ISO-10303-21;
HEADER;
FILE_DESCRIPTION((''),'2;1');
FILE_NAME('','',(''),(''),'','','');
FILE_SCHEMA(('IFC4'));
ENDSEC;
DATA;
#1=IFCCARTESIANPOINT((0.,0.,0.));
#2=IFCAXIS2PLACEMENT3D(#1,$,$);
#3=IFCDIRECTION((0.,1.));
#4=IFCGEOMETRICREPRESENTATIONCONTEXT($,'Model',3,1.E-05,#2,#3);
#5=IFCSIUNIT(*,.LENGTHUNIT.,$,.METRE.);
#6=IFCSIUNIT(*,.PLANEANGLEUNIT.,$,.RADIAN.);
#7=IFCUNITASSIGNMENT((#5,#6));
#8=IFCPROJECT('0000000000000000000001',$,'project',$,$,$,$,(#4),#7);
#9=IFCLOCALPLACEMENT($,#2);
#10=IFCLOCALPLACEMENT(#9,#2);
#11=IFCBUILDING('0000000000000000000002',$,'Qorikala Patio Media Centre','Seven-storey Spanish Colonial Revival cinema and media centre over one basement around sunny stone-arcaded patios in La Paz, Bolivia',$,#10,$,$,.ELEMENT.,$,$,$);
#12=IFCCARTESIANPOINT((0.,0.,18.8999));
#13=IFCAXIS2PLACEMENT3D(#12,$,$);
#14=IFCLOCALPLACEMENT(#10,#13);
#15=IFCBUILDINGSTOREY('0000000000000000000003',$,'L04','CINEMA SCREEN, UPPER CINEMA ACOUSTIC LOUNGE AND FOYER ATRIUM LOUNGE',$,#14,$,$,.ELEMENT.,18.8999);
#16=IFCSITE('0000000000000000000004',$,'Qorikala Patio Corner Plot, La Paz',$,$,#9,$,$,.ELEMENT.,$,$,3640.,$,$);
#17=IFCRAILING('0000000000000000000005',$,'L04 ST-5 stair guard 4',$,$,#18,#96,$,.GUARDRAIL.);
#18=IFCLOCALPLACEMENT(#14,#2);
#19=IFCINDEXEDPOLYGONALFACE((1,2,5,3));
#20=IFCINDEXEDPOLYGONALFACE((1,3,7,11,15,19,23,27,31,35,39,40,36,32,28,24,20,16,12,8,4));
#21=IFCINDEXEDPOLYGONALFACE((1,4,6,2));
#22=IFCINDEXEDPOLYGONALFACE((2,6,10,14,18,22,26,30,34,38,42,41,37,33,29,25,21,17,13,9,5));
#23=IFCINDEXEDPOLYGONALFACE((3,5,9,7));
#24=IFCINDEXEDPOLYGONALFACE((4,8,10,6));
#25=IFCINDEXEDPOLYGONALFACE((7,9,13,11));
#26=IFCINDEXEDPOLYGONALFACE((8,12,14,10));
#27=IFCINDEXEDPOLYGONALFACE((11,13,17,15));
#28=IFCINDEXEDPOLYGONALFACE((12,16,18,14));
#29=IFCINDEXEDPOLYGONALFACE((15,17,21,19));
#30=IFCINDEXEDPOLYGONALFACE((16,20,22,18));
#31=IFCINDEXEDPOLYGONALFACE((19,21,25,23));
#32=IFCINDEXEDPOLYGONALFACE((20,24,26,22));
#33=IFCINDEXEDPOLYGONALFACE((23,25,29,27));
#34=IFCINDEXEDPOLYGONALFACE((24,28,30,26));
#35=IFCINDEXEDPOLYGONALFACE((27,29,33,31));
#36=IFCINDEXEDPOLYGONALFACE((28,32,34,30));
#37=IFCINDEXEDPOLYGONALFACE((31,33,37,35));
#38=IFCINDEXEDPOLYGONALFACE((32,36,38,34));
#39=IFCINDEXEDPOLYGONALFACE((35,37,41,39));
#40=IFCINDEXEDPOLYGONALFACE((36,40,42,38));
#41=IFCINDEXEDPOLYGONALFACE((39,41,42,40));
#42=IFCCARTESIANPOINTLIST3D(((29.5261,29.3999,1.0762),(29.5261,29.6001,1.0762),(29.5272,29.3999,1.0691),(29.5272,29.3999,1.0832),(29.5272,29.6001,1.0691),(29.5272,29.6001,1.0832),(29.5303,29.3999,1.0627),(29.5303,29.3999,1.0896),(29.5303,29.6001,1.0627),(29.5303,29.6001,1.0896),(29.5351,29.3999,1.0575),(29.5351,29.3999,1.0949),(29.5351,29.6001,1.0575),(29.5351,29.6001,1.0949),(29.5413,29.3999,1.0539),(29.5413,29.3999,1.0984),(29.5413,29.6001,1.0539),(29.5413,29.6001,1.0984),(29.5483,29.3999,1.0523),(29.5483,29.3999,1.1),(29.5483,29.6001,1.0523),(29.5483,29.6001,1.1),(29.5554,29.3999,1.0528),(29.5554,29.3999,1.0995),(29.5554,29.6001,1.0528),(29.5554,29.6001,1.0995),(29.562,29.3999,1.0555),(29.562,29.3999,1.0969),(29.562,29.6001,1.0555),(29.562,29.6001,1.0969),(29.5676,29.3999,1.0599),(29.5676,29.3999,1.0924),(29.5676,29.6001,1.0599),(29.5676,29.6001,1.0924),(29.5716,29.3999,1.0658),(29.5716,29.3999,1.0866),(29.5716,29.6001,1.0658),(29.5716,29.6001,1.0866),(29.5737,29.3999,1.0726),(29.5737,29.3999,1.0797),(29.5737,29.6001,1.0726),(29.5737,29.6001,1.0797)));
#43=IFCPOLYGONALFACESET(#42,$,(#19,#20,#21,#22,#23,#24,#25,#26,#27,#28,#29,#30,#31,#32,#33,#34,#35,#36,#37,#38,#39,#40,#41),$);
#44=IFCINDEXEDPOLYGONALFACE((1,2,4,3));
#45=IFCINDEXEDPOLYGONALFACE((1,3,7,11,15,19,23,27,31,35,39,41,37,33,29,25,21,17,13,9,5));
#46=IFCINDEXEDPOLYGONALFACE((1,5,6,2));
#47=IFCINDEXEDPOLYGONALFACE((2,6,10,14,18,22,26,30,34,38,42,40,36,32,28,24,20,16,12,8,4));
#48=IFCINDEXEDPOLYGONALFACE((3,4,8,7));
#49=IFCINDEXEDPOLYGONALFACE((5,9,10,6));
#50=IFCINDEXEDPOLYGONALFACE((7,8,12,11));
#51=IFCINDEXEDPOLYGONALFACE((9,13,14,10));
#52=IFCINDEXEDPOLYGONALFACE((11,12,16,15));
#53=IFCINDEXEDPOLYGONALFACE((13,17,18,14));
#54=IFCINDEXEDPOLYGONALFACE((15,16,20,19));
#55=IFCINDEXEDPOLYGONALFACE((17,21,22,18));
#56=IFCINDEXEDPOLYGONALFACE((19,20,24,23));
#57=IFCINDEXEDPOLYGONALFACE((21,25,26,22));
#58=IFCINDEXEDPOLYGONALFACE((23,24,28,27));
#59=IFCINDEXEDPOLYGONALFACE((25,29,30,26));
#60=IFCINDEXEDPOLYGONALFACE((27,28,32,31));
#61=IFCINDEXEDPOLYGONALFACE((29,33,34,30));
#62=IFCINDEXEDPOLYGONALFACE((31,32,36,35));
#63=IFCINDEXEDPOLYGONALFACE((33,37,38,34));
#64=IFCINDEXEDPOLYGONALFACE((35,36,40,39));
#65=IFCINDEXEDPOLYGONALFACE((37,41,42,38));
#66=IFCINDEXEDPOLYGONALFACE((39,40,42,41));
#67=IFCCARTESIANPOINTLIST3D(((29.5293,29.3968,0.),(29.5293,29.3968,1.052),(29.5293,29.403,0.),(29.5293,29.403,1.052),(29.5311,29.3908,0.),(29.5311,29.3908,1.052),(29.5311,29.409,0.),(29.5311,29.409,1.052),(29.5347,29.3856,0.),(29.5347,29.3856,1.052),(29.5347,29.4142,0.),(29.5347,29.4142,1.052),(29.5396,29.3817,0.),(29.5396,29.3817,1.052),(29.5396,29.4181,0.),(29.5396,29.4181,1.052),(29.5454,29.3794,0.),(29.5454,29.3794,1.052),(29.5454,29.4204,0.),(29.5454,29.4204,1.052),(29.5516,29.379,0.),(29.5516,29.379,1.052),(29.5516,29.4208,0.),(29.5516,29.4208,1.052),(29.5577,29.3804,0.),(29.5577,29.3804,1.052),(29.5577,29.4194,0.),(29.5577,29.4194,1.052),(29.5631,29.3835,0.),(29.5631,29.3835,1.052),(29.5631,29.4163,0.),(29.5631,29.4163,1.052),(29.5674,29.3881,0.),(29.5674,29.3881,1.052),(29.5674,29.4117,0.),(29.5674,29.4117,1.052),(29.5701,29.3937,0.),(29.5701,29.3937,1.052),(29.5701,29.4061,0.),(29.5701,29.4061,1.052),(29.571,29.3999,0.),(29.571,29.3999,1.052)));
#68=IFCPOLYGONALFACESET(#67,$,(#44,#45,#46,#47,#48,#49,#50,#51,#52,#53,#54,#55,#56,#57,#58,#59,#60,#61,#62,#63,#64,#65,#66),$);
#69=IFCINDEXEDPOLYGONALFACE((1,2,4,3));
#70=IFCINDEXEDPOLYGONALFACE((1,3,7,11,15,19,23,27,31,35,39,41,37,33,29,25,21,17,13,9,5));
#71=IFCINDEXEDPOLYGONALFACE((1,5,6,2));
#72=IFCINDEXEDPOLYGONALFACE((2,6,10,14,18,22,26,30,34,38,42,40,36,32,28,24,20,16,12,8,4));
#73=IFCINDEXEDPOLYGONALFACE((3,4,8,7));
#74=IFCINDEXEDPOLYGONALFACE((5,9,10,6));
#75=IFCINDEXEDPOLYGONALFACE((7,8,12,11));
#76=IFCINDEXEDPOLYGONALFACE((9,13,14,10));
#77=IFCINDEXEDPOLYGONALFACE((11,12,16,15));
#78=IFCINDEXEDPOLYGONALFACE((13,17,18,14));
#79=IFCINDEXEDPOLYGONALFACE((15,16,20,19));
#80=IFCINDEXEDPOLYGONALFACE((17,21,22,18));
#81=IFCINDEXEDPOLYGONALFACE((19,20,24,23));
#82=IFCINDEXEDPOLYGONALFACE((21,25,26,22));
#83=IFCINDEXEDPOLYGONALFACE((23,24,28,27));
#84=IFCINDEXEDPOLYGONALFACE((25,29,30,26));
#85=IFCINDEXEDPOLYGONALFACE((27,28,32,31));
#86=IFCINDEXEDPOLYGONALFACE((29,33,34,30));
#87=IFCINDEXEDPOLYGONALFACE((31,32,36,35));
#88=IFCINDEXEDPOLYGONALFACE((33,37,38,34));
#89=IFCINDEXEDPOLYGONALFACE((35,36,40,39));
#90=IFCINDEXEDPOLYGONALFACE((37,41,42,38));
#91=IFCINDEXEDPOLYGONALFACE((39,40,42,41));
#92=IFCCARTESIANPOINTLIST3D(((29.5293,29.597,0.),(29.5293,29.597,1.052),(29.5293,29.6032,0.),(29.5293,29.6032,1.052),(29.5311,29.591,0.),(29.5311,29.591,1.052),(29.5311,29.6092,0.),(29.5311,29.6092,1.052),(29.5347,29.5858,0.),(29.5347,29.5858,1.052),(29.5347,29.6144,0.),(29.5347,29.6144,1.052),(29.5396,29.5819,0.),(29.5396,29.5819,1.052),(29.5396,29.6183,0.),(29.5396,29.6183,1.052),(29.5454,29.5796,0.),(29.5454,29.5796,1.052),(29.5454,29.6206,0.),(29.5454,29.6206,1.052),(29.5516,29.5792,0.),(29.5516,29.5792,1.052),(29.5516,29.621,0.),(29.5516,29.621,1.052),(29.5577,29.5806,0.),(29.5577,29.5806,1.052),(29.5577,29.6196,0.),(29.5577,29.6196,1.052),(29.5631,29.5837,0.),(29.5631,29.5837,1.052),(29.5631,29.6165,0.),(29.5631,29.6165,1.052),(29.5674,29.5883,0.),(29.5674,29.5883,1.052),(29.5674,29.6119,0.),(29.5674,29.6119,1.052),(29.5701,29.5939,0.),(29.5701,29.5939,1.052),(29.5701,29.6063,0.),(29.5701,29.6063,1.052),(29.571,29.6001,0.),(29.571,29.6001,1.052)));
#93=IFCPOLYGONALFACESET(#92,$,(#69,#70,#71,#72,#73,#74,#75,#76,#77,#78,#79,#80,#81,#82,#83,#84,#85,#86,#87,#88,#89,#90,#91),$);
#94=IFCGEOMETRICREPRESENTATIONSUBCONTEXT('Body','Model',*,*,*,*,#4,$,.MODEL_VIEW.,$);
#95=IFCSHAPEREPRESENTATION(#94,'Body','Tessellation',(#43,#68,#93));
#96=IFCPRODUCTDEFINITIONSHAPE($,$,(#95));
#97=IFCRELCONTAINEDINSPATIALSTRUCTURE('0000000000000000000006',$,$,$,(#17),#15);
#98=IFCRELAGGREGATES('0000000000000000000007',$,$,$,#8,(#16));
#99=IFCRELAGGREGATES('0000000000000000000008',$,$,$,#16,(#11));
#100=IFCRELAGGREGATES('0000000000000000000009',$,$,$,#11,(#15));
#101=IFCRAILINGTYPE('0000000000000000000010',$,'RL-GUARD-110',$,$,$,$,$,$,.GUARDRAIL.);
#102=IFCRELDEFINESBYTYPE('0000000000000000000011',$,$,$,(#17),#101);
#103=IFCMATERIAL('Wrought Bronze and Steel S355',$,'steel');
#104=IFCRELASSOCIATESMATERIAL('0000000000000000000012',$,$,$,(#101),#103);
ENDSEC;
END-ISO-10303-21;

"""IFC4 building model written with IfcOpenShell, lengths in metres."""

from ifc_helpers import new_model, si_unit, direction, frame, origin, origin_2d, place, context, subcontext, project, spatial, circle, extrude, material, type_object, element, save


model = new_model("IFC4")

# Units and contexts
model_context = context("Model", 3, precision=1e-05, world=origin(), true_north=direction((0.0, 1.0)))
body_context = subcontext(model_context, "Body", "Model", "MODEL_VIEW")
ifc_project = project(units=[si_unit("LENGTHUNIT", "METRE"), si_unit("PLANEANGLEUNIT", "RADIAN")], contexts=[model_context])

# Site, building, storey
site_placement = place(None, origin())
site = spatial("IfcSite", under=ifc_project, at=site_placement, Name="Qorikala Patio Corner Plot, La Paz", CompositionType="ELEMENT", RefElevation=3640.0)
building_placement = place(site_placement, origin())
building = spatial("IfcBuilding", under=site, at=building_placement, Name="Qorikala Patio Media Centre", Description="Seven-storey Spanish Colonial Revival cinema and media centre over one basement around sunny stone-arcaded patios in La Paz, Bolivia", CompositionType="ELEMENT")
storey_placement = place(building_placement, frame((0.0, 0.0, 18.8999)))
storey = spatial("IfcBuildingStorey", under=building, at=storey_placement, Name="L04", Description="CINEMA SCREEN, UPPER CINEMA ACOUSTIC LOUNGE AND FOYER ATRIUM LOUNGE", CompositionType="ELEMENT", Elevation=18.8999)

# Railing
ifc_material_1 = material(Name="Wrought Bronze and Steel S355", Category="steel")
railing_type_1 = type_object("IfcRailingType", Name="RL-GUARD-110", PredefinedType="GUARDRAIL", material=ifc_material_1)
railing_1_placement = place(storey_placement, frame((29.55, 29.3999, 0.0)))
element("IfcRailing", 1, at=railing_1_placement, inside=storey, type_object=railing_type_1, Name="L04 ST-5 stair guard 4", PredefinedType="GUARDRAIL", context=body_context, shape_type="SweptSolid", body=[
    extrude(circle(Radius=0.0239, at=origin_2d()), frame((0.0, 0.0, 1.0762), z_axis=(0.0, 1.0, 0.0), x_axis=(-1.0, 0.0, 0.0)), (0.0, 0.0, 1.0), 0.2002),
    extrude(circle(Radius=0.021, at=origin_2d()), origin(), (0.0, 0.0, 1.0), 1.052),
    extrude(circle(Radius=0.021, at=origin_2d()), frame((0.0, 0.2002, 0.0)), (0.0, 0.0, 1.0), 1.052),
])

save(model, "model.ifc")
